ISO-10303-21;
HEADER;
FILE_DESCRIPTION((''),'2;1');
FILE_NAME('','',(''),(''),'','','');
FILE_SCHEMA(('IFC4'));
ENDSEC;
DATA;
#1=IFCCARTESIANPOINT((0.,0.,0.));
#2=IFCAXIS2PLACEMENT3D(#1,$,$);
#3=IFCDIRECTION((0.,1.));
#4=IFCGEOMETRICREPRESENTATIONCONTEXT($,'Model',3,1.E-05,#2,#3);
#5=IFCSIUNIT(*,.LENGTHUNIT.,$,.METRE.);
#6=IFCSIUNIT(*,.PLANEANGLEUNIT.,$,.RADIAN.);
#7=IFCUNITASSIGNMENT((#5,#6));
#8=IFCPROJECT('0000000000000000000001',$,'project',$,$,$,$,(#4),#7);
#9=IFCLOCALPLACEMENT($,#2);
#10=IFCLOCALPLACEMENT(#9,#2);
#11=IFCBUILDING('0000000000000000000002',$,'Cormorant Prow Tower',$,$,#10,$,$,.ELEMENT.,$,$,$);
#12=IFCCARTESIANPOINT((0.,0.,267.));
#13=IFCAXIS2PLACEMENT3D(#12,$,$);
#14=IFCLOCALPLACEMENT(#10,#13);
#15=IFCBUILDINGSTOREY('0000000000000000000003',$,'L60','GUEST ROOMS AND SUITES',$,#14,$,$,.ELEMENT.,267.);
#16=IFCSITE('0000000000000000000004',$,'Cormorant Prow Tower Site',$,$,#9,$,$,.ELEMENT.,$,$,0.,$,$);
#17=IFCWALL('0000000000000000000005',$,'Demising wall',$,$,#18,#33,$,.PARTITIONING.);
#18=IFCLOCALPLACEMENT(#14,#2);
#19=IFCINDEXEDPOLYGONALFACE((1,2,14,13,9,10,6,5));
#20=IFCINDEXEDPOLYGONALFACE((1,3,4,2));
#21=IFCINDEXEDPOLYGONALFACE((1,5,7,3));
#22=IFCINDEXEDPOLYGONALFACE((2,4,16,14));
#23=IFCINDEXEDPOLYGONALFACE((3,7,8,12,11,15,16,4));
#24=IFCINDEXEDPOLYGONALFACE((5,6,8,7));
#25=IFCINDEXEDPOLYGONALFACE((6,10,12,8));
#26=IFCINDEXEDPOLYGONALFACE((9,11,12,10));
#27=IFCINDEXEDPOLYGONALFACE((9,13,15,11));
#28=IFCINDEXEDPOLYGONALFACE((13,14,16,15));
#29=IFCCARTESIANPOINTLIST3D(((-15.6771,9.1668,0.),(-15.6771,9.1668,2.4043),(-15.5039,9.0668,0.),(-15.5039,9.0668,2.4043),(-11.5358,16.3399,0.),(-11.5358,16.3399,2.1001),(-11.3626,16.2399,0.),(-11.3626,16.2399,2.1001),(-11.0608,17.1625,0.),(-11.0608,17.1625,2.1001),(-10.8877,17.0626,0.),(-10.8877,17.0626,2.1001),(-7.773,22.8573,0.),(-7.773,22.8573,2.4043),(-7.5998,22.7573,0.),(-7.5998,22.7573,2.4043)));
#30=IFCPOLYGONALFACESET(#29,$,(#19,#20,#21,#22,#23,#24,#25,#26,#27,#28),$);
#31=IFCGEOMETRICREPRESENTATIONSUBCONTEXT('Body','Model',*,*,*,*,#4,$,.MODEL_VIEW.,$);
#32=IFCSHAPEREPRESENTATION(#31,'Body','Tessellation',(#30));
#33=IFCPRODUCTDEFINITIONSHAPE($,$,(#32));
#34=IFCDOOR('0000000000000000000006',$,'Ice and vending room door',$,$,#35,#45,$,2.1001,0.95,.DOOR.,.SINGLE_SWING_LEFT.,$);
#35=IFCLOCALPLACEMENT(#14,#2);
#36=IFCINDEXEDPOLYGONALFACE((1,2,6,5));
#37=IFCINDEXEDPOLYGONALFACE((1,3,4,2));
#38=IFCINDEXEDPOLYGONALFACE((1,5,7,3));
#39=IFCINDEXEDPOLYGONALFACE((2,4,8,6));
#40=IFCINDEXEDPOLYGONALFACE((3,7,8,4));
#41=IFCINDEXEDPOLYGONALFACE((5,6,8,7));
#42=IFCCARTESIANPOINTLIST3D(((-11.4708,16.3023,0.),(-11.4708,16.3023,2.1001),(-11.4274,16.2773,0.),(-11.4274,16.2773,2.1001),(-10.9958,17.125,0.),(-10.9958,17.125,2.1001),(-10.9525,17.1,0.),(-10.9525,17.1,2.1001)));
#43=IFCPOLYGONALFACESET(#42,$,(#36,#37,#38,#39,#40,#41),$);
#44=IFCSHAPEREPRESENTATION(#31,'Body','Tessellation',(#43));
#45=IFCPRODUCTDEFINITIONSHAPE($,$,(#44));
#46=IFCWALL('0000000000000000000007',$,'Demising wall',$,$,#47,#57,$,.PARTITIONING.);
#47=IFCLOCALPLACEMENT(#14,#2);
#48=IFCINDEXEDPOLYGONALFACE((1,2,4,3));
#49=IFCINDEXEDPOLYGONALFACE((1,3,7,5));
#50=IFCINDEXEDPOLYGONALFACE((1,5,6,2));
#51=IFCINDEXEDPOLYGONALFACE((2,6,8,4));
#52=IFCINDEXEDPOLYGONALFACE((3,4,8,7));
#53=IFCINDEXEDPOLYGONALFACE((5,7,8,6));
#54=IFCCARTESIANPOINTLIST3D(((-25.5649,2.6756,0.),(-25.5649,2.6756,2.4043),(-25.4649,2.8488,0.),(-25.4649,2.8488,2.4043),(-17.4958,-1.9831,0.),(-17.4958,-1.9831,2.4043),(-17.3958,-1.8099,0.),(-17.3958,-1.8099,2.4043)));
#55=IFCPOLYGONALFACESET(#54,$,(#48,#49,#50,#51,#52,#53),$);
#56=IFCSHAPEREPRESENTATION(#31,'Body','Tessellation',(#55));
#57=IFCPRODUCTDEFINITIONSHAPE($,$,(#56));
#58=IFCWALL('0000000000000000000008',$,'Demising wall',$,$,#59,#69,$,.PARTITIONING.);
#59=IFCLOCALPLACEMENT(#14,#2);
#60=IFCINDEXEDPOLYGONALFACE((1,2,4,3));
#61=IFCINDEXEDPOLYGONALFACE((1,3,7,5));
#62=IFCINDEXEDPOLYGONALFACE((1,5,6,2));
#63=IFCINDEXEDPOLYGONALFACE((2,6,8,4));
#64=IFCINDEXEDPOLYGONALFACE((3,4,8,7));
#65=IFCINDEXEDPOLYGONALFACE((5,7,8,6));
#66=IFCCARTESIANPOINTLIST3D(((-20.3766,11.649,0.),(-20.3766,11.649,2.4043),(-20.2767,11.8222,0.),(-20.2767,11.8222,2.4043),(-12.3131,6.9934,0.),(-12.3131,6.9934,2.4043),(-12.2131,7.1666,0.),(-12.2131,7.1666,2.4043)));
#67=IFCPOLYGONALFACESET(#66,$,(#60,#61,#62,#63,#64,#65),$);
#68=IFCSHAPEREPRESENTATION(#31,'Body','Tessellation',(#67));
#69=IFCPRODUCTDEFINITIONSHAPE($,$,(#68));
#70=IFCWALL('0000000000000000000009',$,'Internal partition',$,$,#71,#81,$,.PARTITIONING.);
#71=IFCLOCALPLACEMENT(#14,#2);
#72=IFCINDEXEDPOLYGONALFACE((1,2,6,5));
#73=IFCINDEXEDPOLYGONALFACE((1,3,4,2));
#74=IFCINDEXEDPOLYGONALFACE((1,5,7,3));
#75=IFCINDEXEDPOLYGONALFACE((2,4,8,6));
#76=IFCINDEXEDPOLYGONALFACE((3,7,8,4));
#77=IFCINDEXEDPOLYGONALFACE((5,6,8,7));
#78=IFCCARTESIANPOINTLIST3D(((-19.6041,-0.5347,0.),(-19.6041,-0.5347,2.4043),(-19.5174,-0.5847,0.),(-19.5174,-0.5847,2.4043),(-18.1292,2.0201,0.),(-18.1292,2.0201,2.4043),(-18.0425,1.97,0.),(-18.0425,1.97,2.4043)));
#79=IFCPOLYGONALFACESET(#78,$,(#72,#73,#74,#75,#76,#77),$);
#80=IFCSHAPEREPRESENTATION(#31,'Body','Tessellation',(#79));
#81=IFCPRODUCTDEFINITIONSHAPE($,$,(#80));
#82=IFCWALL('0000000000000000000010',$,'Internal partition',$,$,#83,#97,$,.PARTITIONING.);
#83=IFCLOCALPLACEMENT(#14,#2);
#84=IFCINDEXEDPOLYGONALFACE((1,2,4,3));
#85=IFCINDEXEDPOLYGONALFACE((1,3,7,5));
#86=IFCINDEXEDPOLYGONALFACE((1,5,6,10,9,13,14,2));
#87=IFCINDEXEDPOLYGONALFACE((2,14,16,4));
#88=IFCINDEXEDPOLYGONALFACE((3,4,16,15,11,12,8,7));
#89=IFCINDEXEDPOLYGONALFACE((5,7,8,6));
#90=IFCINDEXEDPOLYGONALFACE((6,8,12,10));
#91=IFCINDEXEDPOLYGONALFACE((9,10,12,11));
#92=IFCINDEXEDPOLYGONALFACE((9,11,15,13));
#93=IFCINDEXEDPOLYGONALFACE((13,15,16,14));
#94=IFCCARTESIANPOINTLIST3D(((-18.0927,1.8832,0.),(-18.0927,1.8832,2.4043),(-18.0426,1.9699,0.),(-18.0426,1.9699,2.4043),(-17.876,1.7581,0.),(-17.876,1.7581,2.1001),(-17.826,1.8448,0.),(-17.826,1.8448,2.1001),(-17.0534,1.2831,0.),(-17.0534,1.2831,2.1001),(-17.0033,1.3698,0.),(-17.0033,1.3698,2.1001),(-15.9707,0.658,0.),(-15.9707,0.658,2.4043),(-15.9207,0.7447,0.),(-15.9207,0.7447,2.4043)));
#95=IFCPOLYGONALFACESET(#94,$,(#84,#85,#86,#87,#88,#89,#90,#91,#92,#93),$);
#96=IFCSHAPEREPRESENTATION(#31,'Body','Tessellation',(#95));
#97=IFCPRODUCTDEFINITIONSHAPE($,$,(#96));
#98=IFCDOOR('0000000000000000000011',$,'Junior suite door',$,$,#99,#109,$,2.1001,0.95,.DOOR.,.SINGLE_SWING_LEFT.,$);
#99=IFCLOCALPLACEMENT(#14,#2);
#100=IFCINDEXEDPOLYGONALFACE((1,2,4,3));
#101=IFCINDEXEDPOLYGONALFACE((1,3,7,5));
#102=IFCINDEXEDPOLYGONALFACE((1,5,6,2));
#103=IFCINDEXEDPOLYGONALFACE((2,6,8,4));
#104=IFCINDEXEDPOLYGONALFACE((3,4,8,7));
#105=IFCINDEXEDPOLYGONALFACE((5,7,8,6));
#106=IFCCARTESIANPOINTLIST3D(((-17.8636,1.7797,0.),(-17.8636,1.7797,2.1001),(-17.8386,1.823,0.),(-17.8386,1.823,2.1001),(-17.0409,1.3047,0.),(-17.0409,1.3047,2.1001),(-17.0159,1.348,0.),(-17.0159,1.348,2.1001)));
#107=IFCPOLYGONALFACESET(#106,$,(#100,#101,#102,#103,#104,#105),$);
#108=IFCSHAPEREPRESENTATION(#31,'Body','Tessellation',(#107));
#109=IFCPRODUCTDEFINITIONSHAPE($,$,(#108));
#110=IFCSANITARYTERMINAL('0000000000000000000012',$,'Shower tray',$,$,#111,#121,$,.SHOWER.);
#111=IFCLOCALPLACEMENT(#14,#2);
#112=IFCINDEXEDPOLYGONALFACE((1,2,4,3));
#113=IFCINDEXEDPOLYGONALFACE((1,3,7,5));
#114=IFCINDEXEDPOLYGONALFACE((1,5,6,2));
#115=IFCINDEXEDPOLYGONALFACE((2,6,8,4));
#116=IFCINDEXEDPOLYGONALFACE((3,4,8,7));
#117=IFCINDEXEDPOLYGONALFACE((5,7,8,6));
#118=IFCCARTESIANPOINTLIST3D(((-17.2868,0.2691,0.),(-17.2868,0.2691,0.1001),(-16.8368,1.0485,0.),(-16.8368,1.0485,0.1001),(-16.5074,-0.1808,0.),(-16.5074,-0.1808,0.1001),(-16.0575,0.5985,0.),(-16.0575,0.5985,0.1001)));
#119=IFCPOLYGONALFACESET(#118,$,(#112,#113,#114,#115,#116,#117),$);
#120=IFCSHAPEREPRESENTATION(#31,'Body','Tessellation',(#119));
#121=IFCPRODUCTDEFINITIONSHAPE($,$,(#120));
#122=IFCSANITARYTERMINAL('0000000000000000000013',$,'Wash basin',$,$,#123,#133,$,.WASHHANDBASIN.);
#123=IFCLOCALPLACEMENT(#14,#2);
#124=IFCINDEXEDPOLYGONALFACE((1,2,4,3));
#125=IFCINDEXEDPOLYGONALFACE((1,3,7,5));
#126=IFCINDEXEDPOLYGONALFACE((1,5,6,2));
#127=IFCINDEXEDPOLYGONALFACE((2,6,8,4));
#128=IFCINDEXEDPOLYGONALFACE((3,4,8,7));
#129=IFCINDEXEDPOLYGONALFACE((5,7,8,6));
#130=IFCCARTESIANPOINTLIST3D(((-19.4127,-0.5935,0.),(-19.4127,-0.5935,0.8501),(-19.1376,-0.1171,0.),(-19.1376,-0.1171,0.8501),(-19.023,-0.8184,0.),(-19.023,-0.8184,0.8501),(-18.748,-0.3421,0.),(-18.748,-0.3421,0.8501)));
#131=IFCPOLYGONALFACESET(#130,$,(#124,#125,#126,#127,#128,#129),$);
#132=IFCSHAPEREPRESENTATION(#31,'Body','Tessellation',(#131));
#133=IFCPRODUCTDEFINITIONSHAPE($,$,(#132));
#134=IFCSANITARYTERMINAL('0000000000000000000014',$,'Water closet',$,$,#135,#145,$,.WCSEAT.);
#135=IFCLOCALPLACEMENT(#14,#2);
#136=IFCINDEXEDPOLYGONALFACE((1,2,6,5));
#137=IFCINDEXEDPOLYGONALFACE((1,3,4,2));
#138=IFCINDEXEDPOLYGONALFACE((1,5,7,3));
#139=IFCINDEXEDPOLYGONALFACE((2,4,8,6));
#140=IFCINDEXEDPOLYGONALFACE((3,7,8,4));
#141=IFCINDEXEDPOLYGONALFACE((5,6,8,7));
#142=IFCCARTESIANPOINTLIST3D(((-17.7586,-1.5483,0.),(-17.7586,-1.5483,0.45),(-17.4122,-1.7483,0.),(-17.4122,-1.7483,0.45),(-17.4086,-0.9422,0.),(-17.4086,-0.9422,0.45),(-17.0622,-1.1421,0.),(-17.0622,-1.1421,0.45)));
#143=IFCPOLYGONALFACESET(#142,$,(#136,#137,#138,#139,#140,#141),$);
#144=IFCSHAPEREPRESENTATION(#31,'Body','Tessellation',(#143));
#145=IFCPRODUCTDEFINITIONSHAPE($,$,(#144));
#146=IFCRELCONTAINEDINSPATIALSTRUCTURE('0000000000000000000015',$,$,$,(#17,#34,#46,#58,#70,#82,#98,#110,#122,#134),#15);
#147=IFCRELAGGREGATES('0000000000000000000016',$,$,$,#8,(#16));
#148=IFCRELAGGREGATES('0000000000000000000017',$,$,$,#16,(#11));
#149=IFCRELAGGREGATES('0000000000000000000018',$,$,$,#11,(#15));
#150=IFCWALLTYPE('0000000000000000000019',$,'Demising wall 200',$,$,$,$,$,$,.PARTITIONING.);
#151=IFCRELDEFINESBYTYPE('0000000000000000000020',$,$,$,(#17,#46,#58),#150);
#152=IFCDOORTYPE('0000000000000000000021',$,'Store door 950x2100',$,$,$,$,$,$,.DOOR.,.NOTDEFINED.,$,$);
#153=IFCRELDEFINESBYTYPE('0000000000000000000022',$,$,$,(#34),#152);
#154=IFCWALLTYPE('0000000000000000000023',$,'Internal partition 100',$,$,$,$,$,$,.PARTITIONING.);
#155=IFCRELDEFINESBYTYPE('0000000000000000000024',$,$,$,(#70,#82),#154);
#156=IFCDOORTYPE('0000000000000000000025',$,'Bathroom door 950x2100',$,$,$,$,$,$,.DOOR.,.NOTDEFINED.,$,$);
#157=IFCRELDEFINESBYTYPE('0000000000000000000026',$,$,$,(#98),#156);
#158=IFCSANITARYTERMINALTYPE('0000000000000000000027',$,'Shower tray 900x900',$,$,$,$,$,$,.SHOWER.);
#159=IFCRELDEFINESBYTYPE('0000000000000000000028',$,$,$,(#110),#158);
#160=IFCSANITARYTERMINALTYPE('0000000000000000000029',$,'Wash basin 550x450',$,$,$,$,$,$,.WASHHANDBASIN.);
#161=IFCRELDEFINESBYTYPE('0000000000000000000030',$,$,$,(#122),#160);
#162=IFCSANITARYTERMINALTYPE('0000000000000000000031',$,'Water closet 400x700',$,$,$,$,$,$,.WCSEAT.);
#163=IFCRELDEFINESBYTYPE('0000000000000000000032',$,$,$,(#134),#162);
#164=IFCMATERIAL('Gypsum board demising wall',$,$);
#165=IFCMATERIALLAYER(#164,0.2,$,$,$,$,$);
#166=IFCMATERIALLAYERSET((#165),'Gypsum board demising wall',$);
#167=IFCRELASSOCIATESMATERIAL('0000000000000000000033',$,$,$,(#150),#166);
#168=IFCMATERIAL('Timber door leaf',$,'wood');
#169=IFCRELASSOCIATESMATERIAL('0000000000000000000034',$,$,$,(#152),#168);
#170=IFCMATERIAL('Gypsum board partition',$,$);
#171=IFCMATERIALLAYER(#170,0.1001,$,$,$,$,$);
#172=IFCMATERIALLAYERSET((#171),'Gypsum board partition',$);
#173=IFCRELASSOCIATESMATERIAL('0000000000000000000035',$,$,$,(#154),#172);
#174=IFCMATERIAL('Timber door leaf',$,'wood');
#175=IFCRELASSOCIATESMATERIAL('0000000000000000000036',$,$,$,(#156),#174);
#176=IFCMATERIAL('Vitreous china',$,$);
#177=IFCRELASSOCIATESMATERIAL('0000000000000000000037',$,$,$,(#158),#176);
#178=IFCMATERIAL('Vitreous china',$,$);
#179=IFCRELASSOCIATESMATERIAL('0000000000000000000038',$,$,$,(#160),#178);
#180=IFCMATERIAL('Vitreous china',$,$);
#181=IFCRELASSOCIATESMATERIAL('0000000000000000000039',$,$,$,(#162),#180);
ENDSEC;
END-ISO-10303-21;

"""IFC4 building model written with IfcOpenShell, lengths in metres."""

from ifc_helpers import new_model, si_unit, direction, frame, frame_2d, origin, origin_2d, place, context, subcontext, project, spatial, rectangle, extrude, material, layer, layer_set, type_object, element, fill, save


model = new_model("IFC4")

# Units and contexts
model_context = context("Model", 3, precision=1e-05, world=origin(), true_north=direction((0.0, 1.0)))
body_context = subcontext(model_context, "Body", "Model", "MODEL_VIEW")
ifc_project = project(units=[si_unit("LENGTHUNIT", "METRE"), si_unit("PLANEANGLEUNIT", "RADIAN")], contexts=[model_context])

# Site, building, storey
site_placement = place(None, origin())
site = spatial("IfcSite", under=ifc_project, at=site_placement, Name="Cormorant Prow Tower Site", CompositionType="ELEMENT", RefElevation=0.0)
building_placement = place(site_placement, origin())
building = spatial("IfcBuilding", under=site, at=building_placement, Name="Cormorant Prow Tower", CompositionType="ELEMENT")
storey_placement = place(building_placement, frame((0.0, 0.0, 267.0)))
storey = spatial("IfcBuildingStorey", under=building, at=storey_placement, Name="L60", Description="GUEST ROOMS AND SUITES", CompositionType="ELEMENT", Elevation=267.0)

# Wall, opening, door
ifc_material_1 = material(Name="Gypsum board demising wall")
ifc_layer_1 = layer(ifc_material_1, 0.2)
ifc_layer_set_1 = layer_set([ifc_layer_1], Name="Gypsum board demising wall")
wall_type_1 = type_object("IfcWallType", Name="Demising wall 200", PredefinedType="PARTITIONING", material=ifc_layer_set_1)
wall_1_placement = place(storey_placement, frame((-15.5906, 9.1167, 0.0), z_axis=(0.0, 0.0, 1.0), x_axis=(0.499994, 0.866029, 0.0)))
wall_1 = element("IfcWall", 1, at=wall_1_placement, inside=storey, type_object=wall_type_1, Name="Demising wall", PredefinedType="PARTITIONING", context=body_context, shape_type="SweptSolid", body=[
    extrude(rectangle(XDim=15.8083, YDim=0.2, at=frame_2d((7.9043, 0.0))), origin(), (0.0, 0.0, 1.0), 2.4043),
])
opening_1_placement = place(wall_1_placement, frame((8.2827, 0.0, 0.0)))
opening_1 = element("IfcOpeningElement", 2, at=opening_1_placement, cuts=wall_1, PredefinedType="OPENING", context=body_context, shape_type="SweptSolid", body=[
    extrude(rectangle(XDim=0.95, YDim=2.1001, at=frame_2d((0.4751, 1.05))), frame((0.0, 0.1099, 0.0), z_axis=(0.0, -1.0, 0.0), x_axis=(1.0, 0.0, 0.0)), (0.0, 0.0, 1.0), 0.22),
])
ifc_material_2 = material(Name="Timber door leaf", Category="wood")
door_type_1 = type_object("IfcDoorType", Name="Store door 950x2100", OperationType="NOTDEFINED", PredefinedType="DOOR", material=ifc_material_2)
door_1_placement = place(opening_1_placement, origin())
door_1 = element("IfcDoor", 3, at=door_1_placement, inside=storey, type_object=door_type_1, Name="Ice and vending room door", OperationType="SINGLE_SWING_LEFT", OverallHeight=2.1001, OverallWidth=0.95, PredefinedType="DOOR", context=body_context, shape_type="SweptSolid", body=[
    extrude(rectangle(XDim=0.95, YDim=2.1001, at=frame_2d((0.4751, 1.05))), frame((0.0, 0.0249, 0.0), z_axis=(0.0, -1.0, 0.0), x_axis=(1.0, 0.0, 0.0)), (0.0, 0.0, 1.0), 0.05),
])
fill(opening_1, door_1)

# Walls
wall_2_placement = place(storey_placement, frame((-25.5149, 2.7622, 0.0), z_axis=(0.0, 0.0, 1.0), x_axis=(0.866025, -0.5, 0.0)))
element("IfcWall", 4, at=wall_2_placement, inside=storey, type_object=wall_type_1, Name="Demising wall", PredefinedType="PARTITIONING", context=body_context, shape_type="SweptSolid", body=[
    extrude(rectangle(XDim=9.3174, YDim=0.2, at=frame_2d((4.6587, 0.0))), origin(), (0.0, 0.0, 1.0), 2.4043),
])
wall_3_placement = place(storey_placement, frame((-20.3267, 11.7356, 0.0), z_axis=(0.0, 0.0, 1.0), x_axis=(0.866022, -0.500005, 0.0)))
element("IfcWall", 5, at=wall_3_placement, inside=storey, type_object=wall_type_1, Name="Demising wall", PredefinedType="PARTITIONING", context=body_context, shape_type="SweptSolid", body=[
    extrude(rectangle(XDim=9.311, YDim=0.2, at=frame_2d((4.6555, 0.0))), origin(), (0.0, 0.0, 1.0), 2.4043),
])
ifc_material_3 = material(Name="Gypsum board partition")
ifc_layer_2 = layer(ifc_material_3, 0.1001)
ifc_layer_set_2 = layer_set([ifc_layer_2], Name="Gypsum board partition")
wall_type_2 = type_object("IfcWallType", Name="Internal partition 100", PredefinedType="PARTITIONING", material=ifc_layer_set_2)
wall_4_placement = place(storey_placement, frame((-19.5608, -0.5598, 0.0), z_axis=(0.0, 0.0, 1.0), x_axis=(0.499976, 0.866039, 0.0)))
element("IfcWall", 6, at=wall_4_placement, inside=storey, type_object=wall_type_2, Name="Internal partition", PredefinedType="PARTITIONING", context=body_context, shape_type="SweptSolid", body=[
    extrude(rectangle(XDim=2.95, YDim=0.1001, at=frame_2d((1.4751, 0.0))), origin(), (0.0, 0.0, 1.0), 2.4043),
])

# Wall, opening, door
wall_5_placement = place(storey_placement, frame((-18.0676, 1.9265, 0.0), z_axis=(0.0, 0.0, 1.0), x_axis=(0.866015, -0.500019, 0.0)))
wall_5 = element("IfcWall", 7, at=wall_5_placement, inside=storey, type_object=wall_type_2, Name="Internal partition", PredefinedType="PARTITIONING", context=body_context, shape_type="SweptSolid", body=[
    extrude(rectangle(XDim=2.4502, YDim=0.1001, at=frame_2d((1.2251, 0.0))), origin(), (0.0, 0.0, 1.0), 2.4043),
])
opening_2_placement = place(wall_5_placement, frame((0.25, 0.0, 0.0)))
opening_2 = element("IfcOpeningElement", 8, at=opening_2_placement, cuts=wall_5, PredefinedType="OPENING", context=body_context, shape_type="SweptSolid", body=[
    extrude(rectangle(XDim=0.95, YDim=2.1001, at=frame_2d((0.4751, 1.05))), frame((0.0, 0.0601, 0.0), z_axis=(0.0, -1.0, 0.0), x_axis=(1.0, 0.0, 0.0)), (0.0, 0.0, 1.0), 0.1201),
])
ifc_material_4 = material(Name="Timber door leaf", Category="wood")
door_type_2 = type_object("IfcDoorType", Name="Bathroom door 950x2100", OperationType="NOTDEFINED", PredefinedType="DOOR", material=ifc_material_4)
door_2_placement = place(opening_2_placement, origin())
door_2 = element("IfcDoor", 9, at=door_2_placement, inside=storey, type_object=door_type_2, Name="Junior suite door", OperationType="SINGLE_SWING_LEFT", OverallHeight=2.1001, OverallWidth=0.95, PredefinedType="DOOR", context=body_context, shape_type="SweptSolid", body=[
    extrude(rectangle(XDim=0.95, YDim=2.1001, at=frame_2d((0.4751, 1.05))), frame((0.0, 0.0249, 0.0), z_axis=(0.0, -1.0, 0.0), x_axis=(1.0, 0.0, 0.0)), (0.0, 0.0, 1.0), 0.05),
])
fill(opening_2, door_2)

# Sanitary terminals
ifc_material_5 = material(Name="Vitreous china")
sanitary_terminal_type_1 = type_object("IfcSanitaryTerminalType", Name="Shower tray 900x900", PredefinedType="SHOWER", material=ifc_material_5)
sanitary_terminal_1_placement = place(storey_placement, frame((-16.6721, 0.4338, 0.0), z_axis=(0.0, 0.0, 1.0), x_axis=(-0.5, -0.866025, 0.0)))
element("IfcSanitaryTerminal", 10, at=sanitary_terminal_1_placement, inside=storey, type_object=sanitary_terminal_type_1, Name="Shower tray", PredefinedType="SHOWER", context=body_context, shape_type="SweptSolid", body=[
    extrude(rectangle(XDim=0.8999, YDim=0.8999, at=origin_2d()), origin(), (0.0, 0.0, 1.0), 0.1001),
])
ifc_material_6 = material(Name="Vitreous china")
sanitary_terminal_type_2 = type_object("IfcSanitaryTerminalType", Name="Wash basin 550x450", PredefinedType="WASHHANDBASIN", material=ifc_material_6)
sanitary_terminal_2_placement = place(storey_placement, frame((-19.0803, -0.4678, 0.0), z_axis=(0.0, 0.0, 1.0), x_axis=(0.5, 0.866025, 0.0)))
element("IfcSanitaryTerminal", 11, at=sanitary_terminal_2_placement, inside=storey, type_object=sanitary_terminal_type_2, Name="Wash basin", PredefinedType="WASHHANDBASIN", context=body_context, shape_type="SweptSolid", body=[
    extrude(rectangle(XDim=0.55, YDim=0.45, at=origin_2d()), origin(), (0.0, 0.0, 1.0), 0.8501),
])
ifc_material_7 = material(Name="Vitreous china")
sanitary_terminal_type_3 = type_object("IfcSanitaryTerminalType", Name="Water closet 400x700", PredefinedType="WCSEAT", material=ifc_material_7)
sanitary_terminal_3_placement = place(storey_placement, frame((-17.4104, -1.3452, 0.0), z_axis=(0.0, 0.0, 1.0), x_axis=(-0.866025, 0.5, 0.0)))
element("IfcSanitaryTerminal", 12, at=sanitary_terminal_3_placement, inside=storey, type_object=sanitary_terminal_type_3, Name="Water closet", PredefinedType="WCSEAT", context=body_context, shape_type="SweptSolid", body=[
    extrude(rectangle(XDim=0.3999, YDim=0.7, at=origin_2d()), origin(), (0.0, 0.0, 1.0), 0.45),
])

save(model, "model.ifc")
